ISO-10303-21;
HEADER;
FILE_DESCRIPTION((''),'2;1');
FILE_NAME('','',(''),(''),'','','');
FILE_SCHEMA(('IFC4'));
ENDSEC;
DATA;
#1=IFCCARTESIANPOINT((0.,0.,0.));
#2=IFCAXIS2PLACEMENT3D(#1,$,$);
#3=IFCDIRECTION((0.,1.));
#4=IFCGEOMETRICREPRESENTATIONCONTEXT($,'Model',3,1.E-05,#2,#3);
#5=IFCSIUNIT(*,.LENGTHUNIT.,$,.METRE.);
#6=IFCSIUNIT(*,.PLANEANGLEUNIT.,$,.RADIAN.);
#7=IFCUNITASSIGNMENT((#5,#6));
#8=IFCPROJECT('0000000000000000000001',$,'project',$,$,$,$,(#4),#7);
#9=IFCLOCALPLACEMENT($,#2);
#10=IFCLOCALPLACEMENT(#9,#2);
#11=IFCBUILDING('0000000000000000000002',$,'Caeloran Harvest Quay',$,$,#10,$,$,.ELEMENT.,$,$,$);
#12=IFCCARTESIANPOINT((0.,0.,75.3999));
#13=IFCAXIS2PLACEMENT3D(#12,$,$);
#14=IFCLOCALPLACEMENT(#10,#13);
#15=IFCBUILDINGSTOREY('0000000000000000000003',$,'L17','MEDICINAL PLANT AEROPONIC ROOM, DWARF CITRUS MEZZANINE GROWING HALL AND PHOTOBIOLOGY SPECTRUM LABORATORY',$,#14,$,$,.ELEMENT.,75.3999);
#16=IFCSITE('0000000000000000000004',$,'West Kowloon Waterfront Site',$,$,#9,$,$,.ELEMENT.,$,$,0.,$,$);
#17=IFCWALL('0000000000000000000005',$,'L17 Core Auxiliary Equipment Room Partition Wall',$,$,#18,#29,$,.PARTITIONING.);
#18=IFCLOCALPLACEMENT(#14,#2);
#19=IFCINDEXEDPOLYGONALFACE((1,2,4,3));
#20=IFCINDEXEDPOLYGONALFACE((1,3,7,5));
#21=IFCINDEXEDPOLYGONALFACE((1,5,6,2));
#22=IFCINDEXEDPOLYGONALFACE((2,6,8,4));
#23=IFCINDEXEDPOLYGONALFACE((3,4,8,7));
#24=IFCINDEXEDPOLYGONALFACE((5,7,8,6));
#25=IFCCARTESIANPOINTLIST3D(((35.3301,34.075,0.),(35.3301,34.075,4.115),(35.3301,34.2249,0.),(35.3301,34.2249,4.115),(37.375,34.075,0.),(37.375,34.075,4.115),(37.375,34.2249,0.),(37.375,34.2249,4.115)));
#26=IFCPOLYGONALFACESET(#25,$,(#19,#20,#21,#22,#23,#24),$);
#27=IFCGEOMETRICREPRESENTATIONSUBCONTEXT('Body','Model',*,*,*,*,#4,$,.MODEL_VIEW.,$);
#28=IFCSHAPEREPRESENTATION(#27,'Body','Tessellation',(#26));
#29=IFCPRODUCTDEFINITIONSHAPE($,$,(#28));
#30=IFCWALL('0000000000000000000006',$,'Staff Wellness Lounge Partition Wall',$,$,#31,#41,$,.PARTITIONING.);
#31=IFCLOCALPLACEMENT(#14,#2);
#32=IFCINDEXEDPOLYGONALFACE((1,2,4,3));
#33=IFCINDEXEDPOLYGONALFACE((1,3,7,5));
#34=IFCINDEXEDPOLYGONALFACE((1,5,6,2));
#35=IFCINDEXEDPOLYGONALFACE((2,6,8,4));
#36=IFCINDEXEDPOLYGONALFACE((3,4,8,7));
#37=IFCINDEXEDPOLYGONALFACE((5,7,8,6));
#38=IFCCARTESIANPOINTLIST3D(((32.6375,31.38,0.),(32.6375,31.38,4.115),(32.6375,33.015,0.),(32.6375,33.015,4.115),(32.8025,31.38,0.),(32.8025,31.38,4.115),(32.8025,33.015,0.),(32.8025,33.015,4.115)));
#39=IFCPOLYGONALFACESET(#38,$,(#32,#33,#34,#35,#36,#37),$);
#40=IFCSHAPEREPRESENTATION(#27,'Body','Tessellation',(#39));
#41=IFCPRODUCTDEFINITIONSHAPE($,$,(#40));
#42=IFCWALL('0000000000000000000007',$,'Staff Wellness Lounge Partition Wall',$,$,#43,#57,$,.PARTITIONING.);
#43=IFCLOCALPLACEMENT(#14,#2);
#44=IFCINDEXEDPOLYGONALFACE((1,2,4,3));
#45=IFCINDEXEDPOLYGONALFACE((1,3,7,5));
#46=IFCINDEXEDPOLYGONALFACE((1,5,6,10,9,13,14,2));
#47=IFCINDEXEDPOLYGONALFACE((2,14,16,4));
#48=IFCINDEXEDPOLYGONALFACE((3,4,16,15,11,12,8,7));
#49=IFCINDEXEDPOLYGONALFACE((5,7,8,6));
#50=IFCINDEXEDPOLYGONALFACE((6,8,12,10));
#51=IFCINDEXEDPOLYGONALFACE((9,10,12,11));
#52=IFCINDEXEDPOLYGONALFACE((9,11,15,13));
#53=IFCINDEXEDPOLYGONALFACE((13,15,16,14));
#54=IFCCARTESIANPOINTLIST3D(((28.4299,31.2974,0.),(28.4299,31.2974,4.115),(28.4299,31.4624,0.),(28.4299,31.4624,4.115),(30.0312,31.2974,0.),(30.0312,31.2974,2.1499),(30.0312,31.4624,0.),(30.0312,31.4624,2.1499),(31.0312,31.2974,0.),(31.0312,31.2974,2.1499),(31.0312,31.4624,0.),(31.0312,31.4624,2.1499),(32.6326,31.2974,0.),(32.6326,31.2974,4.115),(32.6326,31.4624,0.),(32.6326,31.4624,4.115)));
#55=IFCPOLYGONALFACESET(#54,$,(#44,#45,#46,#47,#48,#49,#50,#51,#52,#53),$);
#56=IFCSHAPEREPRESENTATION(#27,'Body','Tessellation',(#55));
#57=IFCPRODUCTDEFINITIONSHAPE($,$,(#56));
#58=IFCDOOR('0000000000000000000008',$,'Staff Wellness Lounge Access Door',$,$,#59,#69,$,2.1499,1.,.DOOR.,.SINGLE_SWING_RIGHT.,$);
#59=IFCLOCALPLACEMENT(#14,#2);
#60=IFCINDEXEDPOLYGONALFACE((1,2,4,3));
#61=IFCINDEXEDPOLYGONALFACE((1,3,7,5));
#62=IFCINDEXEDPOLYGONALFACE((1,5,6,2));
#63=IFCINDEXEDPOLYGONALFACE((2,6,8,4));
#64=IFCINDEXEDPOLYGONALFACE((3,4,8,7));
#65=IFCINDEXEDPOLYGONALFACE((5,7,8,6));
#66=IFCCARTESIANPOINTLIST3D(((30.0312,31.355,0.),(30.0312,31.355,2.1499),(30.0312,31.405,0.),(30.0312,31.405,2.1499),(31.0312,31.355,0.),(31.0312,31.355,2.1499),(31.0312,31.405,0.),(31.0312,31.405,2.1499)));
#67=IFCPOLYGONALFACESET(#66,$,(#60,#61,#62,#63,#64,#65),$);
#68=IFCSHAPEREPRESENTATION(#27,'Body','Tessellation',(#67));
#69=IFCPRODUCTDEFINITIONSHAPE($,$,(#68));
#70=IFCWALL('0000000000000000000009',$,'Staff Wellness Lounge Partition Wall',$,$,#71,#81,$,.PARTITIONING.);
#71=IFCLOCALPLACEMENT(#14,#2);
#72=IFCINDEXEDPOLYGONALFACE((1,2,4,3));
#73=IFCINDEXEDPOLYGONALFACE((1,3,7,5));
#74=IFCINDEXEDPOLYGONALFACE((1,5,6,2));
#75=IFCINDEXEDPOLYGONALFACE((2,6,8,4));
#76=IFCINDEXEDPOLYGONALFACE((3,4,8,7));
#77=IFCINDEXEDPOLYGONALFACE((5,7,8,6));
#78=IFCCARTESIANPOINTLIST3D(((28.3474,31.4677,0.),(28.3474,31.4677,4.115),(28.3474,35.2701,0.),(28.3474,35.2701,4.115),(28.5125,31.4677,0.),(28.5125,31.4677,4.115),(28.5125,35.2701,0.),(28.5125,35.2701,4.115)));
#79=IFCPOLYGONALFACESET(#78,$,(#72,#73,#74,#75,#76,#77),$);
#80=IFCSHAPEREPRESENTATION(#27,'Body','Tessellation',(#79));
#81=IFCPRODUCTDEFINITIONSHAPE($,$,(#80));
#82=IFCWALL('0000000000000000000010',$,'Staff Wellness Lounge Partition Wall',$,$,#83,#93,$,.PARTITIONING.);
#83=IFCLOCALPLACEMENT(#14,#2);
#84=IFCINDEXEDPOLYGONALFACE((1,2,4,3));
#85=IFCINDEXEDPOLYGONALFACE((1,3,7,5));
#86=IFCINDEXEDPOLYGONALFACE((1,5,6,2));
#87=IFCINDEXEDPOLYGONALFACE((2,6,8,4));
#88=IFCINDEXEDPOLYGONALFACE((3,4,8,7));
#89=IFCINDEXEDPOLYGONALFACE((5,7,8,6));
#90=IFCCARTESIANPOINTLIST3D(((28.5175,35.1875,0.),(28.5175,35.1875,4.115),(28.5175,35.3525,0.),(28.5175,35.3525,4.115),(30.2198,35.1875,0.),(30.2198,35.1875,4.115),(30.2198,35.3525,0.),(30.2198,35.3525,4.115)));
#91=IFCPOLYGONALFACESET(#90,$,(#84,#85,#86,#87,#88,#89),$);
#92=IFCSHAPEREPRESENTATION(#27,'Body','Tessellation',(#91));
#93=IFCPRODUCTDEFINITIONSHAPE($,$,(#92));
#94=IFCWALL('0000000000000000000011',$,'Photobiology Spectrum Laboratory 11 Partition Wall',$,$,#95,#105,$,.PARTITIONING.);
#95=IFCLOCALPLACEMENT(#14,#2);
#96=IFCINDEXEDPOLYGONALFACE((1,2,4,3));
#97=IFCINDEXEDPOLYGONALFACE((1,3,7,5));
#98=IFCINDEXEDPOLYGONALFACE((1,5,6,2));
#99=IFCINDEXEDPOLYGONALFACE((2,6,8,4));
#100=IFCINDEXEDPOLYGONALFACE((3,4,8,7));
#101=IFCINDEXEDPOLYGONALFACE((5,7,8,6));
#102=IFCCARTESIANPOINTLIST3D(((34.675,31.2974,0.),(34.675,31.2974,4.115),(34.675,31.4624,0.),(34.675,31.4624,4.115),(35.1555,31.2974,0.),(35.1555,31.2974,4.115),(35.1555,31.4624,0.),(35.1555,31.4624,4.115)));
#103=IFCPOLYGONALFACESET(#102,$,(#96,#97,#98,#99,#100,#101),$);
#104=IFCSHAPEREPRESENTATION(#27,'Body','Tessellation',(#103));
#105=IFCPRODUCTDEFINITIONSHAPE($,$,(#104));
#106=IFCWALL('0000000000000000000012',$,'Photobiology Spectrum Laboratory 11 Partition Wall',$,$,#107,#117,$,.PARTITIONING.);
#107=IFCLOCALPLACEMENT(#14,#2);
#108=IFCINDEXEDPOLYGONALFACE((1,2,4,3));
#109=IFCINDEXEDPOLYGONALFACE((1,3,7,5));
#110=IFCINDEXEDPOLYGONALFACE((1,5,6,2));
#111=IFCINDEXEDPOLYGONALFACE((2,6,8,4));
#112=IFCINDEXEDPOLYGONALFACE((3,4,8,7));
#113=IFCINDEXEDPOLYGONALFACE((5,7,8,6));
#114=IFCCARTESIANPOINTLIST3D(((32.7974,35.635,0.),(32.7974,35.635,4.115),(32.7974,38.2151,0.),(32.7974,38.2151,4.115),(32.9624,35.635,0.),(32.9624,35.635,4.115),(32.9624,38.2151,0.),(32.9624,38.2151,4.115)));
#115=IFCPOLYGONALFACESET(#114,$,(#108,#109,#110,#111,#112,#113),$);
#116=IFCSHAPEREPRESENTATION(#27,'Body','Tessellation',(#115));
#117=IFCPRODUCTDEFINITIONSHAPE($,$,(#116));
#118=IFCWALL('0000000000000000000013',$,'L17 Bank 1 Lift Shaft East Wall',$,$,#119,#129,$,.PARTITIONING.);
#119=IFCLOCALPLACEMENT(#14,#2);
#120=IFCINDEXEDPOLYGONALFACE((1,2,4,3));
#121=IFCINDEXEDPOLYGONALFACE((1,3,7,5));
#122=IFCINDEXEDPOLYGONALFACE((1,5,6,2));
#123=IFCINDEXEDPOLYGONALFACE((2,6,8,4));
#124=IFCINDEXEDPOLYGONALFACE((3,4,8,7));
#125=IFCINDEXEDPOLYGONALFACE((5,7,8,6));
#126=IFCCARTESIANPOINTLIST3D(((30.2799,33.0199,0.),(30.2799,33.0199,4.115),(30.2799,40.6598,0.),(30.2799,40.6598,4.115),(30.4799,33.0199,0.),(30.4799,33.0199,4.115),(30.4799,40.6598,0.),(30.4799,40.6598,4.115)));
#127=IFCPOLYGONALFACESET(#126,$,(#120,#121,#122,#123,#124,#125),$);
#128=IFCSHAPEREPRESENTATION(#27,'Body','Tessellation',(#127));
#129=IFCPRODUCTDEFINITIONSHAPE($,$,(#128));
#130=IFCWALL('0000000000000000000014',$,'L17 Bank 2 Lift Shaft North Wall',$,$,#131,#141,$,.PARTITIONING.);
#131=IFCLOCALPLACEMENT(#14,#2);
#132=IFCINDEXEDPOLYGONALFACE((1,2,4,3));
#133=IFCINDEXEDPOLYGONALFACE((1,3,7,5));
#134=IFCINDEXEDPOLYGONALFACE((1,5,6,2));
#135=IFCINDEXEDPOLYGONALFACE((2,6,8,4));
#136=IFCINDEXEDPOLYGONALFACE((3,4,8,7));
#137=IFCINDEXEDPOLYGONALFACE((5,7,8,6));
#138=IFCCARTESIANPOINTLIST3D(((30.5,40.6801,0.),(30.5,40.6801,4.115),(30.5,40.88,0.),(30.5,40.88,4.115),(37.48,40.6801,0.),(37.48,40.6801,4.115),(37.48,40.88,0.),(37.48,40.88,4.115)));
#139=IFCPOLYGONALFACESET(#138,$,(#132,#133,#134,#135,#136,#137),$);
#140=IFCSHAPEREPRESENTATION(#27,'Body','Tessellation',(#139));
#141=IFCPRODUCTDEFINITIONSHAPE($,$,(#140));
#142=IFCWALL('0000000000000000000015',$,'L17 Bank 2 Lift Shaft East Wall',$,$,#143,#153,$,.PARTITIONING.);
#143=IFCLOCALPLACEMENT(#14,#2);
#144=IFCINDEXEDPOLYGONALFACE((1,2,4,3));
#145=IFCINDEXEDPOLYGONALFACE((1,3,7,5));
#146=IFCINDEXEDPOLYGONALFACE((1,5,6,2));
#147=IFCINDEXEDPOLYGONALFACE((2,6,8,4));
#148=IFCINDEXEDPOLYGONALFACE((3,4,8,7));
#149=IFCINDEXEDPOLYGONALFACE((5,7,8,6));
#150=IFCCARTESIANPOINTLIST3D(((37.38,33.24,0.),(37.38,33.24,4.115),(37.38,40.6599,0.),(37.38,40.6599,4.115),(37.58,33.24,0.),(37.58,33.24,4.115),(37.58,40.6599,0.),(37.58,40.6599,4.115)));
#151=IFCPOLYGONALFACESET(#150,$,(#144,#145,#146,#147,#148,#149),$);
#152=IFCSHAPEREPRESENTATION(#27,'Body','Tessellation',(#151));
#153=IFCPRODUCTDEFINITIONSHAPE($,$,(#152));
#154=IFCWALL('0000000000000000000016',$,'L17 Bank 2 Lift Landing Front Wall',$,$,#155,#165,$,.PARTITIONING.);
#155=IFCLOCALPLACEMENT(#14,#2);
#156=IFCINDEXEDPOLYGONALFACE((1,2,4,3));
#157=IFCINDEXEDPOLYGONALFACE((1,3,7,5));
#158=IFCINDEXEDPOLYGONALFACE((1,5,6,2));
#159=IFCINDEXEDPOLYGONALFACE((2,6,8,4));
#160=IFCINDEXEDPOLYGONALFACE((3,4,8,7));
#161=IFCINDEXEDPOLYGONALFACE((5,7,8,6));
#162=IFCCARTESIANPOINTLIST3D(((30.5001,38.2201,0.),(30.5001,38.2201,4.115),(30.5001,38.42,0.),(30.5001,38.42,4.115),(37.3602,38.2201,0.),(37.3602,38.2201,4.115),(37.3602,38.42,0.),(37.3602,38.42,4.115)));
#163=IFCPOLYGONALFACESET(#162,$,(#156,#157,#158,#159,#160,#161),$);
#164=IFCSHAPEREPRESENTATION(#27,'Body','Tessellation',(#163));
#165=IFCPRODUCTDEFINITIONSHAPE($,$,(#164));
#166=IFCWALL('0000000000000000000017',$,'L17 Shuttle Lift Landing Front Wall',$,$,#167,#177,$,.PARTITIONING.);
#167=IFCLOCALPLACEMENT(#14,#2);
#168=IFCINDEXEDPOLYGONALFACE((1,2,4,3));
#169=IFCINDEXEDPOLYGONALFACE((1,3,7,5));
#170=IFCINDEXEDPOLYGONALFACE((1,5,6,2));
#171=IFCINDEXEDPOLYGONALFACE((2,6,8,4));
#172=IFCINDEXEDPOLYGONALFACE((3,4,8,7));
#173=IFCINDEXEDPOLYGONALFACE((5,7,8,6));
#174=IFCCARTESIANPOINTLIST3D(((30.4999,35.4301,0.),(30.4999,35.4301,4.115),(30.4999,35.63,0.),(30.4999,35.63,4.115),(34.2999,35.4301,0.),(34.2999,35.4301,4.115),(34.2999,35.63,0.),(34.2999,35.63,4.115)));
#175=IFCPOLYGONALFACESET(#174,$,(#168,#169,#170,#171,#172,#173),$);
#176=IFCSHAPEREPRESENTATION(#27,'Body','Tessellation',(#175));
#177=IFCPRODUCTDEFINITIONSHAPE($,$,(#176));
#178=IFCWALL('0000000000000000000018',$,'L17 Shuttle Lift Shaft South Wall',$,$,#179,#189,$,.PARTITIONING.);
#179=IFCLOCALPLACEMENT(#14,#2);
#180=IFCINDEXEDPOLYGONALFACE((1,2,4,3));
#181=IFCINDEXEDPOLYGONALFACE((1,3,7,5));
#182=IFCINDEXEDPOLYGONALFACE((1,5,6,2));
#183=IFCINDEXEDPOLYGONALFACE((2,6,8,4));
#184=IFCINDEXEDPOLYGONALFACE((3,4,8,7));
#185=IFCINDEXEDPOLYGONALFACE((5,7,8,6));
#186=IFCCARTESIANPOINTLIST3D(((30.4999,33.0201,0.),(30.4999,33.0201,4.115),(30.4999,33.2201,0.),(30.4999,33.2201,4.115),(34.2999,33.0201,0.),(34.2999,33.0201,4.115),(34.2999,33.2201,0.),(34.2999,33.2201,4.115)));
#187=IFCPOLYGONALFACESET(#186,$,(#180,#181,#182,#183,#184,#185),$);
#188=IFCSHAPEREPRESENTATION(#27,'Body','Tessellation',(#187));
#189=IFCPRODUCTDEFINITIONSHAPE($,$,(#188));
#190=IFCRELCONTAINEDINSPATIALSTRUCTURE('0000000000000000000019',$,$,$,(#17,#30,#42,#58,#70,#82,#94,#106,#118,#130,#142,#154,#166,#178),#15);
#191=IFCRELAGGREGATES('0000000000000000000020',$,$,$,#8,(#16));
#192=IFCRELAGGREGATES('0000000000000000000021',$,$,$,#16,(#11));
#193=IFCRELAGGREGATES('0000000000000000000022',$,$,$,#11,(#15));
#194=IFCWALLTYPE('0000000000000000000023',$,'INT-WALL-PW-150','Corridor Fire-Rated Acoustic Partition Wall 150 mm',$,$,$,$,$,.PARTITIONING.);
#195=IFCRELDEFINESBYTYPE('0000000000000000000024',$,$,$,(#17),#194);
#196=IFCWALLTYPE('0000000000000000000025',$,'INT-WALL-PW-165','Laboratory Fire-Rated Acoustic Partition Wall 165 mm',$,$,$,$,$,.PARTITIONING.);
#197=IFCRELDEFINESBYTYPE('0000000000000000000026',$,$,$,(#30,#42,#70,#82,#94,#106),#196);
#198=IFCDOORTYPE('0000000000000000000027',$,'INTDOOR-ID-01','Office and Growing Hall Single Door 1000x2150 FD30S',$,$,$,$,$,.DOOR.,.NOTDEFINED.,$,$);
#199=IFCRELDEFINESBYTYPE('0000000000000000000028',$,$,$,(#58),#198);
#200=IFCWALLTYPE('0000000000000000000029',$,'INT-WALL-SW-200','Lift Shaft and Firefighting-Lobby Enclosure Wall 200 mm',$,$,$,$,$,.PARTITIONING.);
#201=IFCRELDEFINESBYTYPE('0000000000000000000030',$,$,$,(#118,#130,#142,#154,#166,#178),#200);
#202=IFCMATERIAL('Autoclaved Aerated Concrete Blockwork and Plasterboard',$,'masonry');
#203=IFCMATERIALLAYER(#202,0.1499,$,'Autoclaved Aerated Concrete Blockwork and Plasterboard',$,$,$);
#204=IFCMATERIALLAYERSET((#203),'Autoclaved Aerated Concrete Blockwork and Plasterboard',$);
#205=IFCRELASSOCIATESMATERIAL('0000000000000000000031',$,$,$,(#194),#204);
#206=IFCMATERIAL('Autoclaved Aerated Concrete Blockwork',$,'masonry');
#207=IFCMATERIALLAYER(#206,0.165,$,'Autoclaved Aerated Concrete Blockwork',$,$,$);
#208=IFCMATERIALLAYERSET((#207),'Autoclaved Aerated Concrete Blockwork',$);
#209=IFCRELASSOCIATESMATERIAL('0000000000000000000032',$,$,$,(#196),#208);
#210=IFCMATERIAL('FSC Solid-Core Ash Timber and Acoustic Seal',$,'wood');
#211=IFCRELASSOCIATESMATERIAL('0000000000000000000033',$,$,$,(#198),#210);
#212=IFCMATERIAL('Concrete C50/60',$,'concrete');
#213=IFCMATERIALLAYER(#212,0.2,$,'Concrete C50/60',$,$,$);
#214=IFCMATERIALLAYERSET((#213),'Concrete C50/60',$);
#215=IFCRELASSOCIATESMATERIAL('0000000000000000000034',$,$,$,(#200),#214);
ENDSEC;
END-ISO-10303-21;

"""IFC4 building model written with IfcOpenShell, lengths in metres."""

from ifc_helpers import new_model, si_unit, direction, frame, frame_2d, origin, place, context, subcontext, project, spatial, rectangle, extrude, material, layer, layer_set, type_object, element, fill, save


model = new_model("IFC4")

# Units and contexts
model_context = context("Model", 3, precision=1e-05, world=origin(), true_north=direction((0.0, 1.0)))
body_context = subcontext(model_context, "Body", "Model", "MODEL_VIEW")
ifc_project = project(units=[si_unit("LENGTHUNIT", "METRE"), si_unit("PLANEANGLEUNIT", "RADIAN")], contexts=[model_context])

# Site, building, storey
site_placement = place(None, origin())
site = spatial("IfcSite", under=ifc_project, at=site_placement, Name="West Kowloon Waterfront Site", CompositionType="ELEMENT", RefElevation=0.0)
building_placement = place(site_placement, origin())
building = spatial("IfcBuilding", under=site, at=building_placement, Name="Caeloran Harvest Quay", CompositionType="ELEMENT")
storey_placement = place(building_placement, frame((0.0, 0.0, 75.3999)))
storey = spatial("IfcBuildingStorey", under=building, at=storey_placement, Name="L17", Description="MEDICINAL PLANT AEROPONIC ROOM, DWARF CITRUS MEZZANINE GROWING HALL AND PHOTOBIOLOGY SPECTRUM LABORATORY", CompositionType="ELEMENT", Elevation=75.3999)

# Shared definitions
ifc_material_1 = material(Name="Autoclaved Aerated Concrete Blockwork and Plasterboard", Category="masonry")
ifc_layer_1 = layer(ifc_material_1, 0.1499, Name="Autoclaved Aerated Concrete Blockwork and Plasterboard")
ifc_layer_set_1 = layer_set([ifc_layer_1], Name="Autoclaved Aerated Concrete Blockwork and Plasterboard")
wall_type_1 = type_object("IfcWallType", Name="INT-WALL-PW-150", Description="Corridor Fire-Rated Acoustic Partition Wall 150 mm", PredefinedType="PARTITIONING", material=ifc_layer_set_1)

# Walls
wall_1_placement = place(storey_placement, frame((35.3301, 34.1499, 0.0), z_axis=(0.0, 0.0, 1.0), x_axis=(1.0, 0.0, 0.0)))
element("IfcWall", 1, at=wall_1_placement, inside=storey, type_object=wall_type_1, Name="L17 Core Auxiliary Equipment Room Partition Wall", PredefinedType="PARTITIONING", context=body_context, shape_type="SweptSolid", body=[
    extrude(rectangle(XDim=2.0449, YDim=0.1499, at=frame_2d((1.0225, 0.0))), origin(), (0.0, 0.0, 1.0), 4.115),
])
ifc_material_2 = material(Name="Autoclaved Aerated Concrete Blockwork", Category="masonry")
ifc_layer_2 = layer(ifc_material_2, 0.165, Name="Autoclaved Aerated Concrete Blockwork")
ifc_layer_set_2 = layer_set([ifc_layer_2], Name="Autoclaved Aerated Concrete Blockwork")
wall_type_2 = type_object("IfcWallType", Name="INT-WALL-PW-165", Description="Laboratory Fire-Rated Acoustic Partition Wall 165 mm", PredefinedType="PARTITIONING", material=ifc_layer_set_2)
wall_2_placement = place(storey_placement, frame((32.72, 33.0149, 0.0), z_axis=(0.0, 0.0, 1.0), x_axis=(0.0, -1.0, 0.0)))
element("IfcWall", 2, at=wall_2_placement, inside=storey, type_object=wall_type_2, Name="Staff Wellness Lounge Partition Wall", PredefinedType="PARTITIONING", context=body_context, shape_type="SweptSolid", body=[
    extrude(rectangle(XDim=1.635, YDim=0.165, at=frame_2d((0.8174, 0.0))), origin(), (0.0, 0.0, 1.0), 4.115),
])

# Wall, opening, door
wall_3_placement = place(storey_placement, frame((32.6326, 31.3799, 0.0), z_axis=(0.0, 0.0, 1.0), x_axis=(-1.0, 0.0, 0.0)))
wall_3 = element("IfcWall", 3, at=wall_3_placement, inside=storey, type_object=wall_type_2, Name="Staff Wellness Lounge Partition Wall", PredefinedType="PARTITIONING", context=body_context, shape_type="SweptSolid", body=[
    extrude(rectangle(XDim=4.2026, YDim=0.165, at=frame_2d((2.1013, 0.0))), origin(), (0.0, 0.0, 1.0), 4.115),
])
opening_1_placement = place(wall_3_placement, frame((1.6013, 0.0, 0.0)))
opening_1 = element("IfcOpeningElement", 4, at=opening_1_placement, cuts=wall_3, PredefinedType="OPENING", context=body_context, shape_type="SweptSolid", body=[
    extrude(rectangle(XDim=1.0, YDim=2.1499, at=frame_2d((0.5, 1.075))), frame((0.0, 0.0925, 0.0), z_axis=(0.0, -1.0, 0.0), x_axis=(1.0, 0.0, 0.0)), (0.0, 0.0, 1.0), 0.1851),
])
ifc_material_3 = material(Name="FSC Solid-Core Ash Timber and Acoustic Seal", Category="wood")
door_type_1 = type_object("IfcDoorType", Name="INTDOOR-ID-01", Description="Office and Growing Hall Single Door 1000x2150 FD30S", OperationType="NOTDEFINED", PredefinedType="DOOR", material=ifc_material_3)
door_1_placement = place(opening_1_placement, origin())
door_1 = element("IfcDoor", 5, at=door_1_placement, inside=storey, type_object=door_type_1, Name="Staff Wellness Lounge Access Door", OperationType="SINGLE_SWING_RIGHT", OverallHeight=2.1499, OverallWidth=1.0, PredefinedType="DOOR", context=body_context, shape_type="SweptSolid", body=[
    extrude(rectangle(XDim=1.0, YDim=2.1499, at=frame_2d((0.5, 1.075))), frame((0.0, 0.0249, 0.0), z_axis=(0.0, -1.0, 0.0), x_axis=(1.0, 0.0, 0.0)), (0.0, 0.0, 1.0), 0.05),
])
fill(opening_1, door_1)

# Walls
wall_4_placement = place(storey_placement, frame((28.4299, 31.4675, 0.0), z_axis=(0.0, 0.0, 1.0), x_axis=(0.0, 1.0, 0.0)))
element("IfcWall", 6, at=wall_4_placement, inside=storey, type_object=wall_type_2, Name="Staff Wellness Lounge Partition Wall", PredefinedType="PARTITIONING", context=body_context, shape_type="SweptSolid", body=[
    extrude(rectangle(XDim=3.8025, YDim=0.165, at=frame_2d((1.9014, 0.0))), origin(), (0.0, 0.0, 1.0), 4.115),
])
wall_5_placement = place(storey_placement, frame((28.5176, 35.27, 0.0), z_axis=(0.0, 0.0, 1.0), x_axis=(1.0, 0.0, 0.0)))
element("IfcWall", 7, at=wall_5_placement, inside=storey, type_object=wall_type_2, Name="Staff Wellness Lounge Partition Wall", PredefinedType="PARTITIONING", context=body_context, shape_type="SweptSolid", body=[
    extrude(rectangle(XDim=1.7024, YDim=0.165, at=frame_2d((0.8511, 0.0))), origin(), (0.0, 0.0, 1.0), 4.115),
])

# Walls
wall_6_placement = place(storey_placement, frame((35.1555, 31.3799, 0.0), z_axis=(0.0, 0.0, 1.0), x_axis=(-1.0, 0.0, 0.0)))
element("IfcWall", 8, at=wall_6_placement, inside=storey, type_object=wall_type_2, Name="Photobiology Spectrum Laboratory 11 Partition Wall", PredefinedType="PARTITIONING", context=body_context, shape_type="SweptSolid", body=[
    extrude(rectangle(XDim=0.4805, YDim=0.165, at=frame_2d((0.2402, 0.0))), origin(), (0.0, 0.0, 1.0), 4.115),
])
wall_7_placement = place(storey_placement, frame((32.8799, 35.635, 0.0), z_axis=(0.0, 0.0, 1.0), x_axis=(0.0, 1.0, 0.0)))
element("IfcWall", 9, at=wall_7_placement, inside=storey, type_object=wall_type_2, Name="Photobiology Spectrum Laboratory 11 Partition Wall", PredefinedType="PARTITIONING", context=body_context, shape_type="SweptSolid", body=[
    extrude(rectangle(XDim=2.5801, YDim=0.165, at=frame_2d((1.29, 0.0))), origin(), (0.0, 0.0, 1.0), 4.115),
])
ifc_material_4 = material(Name="Concrete C50/60", Category="concrete")
ifc_layer_3 = layer(ifc_material_4, 0.2, Name="Concrete C50/60")
ifc_layer_set_3 = layer_set([ifc_layer_3], Name="Concrete C50/60")
wall_type_3 = type_object("IfcWallType", Name="INT-WALL-SW-200", Description="Lift Shaft and Firefighting-Lobby Enclosure Wall 200 mm", PredefinedType="PARTITIONING", material=ifc_layer_set_3)
wall_8_placement = place(storey_placement, frame((30.3799, 33.02, 0.0), z_axis=(0.0, 0.0, 1.0), x_axis=(0.0, 1.0, 0.0)))
element("IfcWall", 10, at=wall_8_placement, inside=storey, type_object=wall_type_3, Name="L17 Bank 1 Lift Shaft East Wall", PredefinedType="PARTITIONING", context=body_context, shape_type="SweptSolid", body=[
    extrude(rectangle(XDim=7.6399, YDim=0.2, at=frame_2d((3.8198, 0.0))), origin(), (0.0, 0.0, 1.0), 4.115),
])
wall_9_placement = place(storey_placement, frame((30.5, 40.78, 0.0), z_axis=(0.0, 0.0, 1.0), x_axis=(1.0, 0.0, 0.0)))
element("IfcWall", 11, at=wall_9_placement, inside=storey, type_object=wall_type_3, Name="L17 Bank 2 Lift Shaft North Wall", PredefinedType="PARTITIONING", context=body_context, shape_type="SweptSolid", body=[
    extrude(rectangle(XDim=6.98, YDim=0.2, at=frame_2d((3.49, 0.0))), origin(), (0.0, 0.0, 1.0), 4.115),
])
wall_10_placement = place(storey_placement, frame((37.48, 33.24, 0.0), z_axis=(0.0, 0.0, 1.0), x_axis=(0.0, 1.0, 0.0)))
element("IfcWall", 12, at=wall_10_placement, inside=storey, type_object=wall_type_3, Name="L17 Bank 2 Lift Shaft East Wall", PredefinedType="PARTITIONING", context=body_context, shape_type="SweptSolid", body=[
    extrude(rectangle(XDim=7.4199, YDim=0.2, at=frame_2d((3.71, 0.0))), origin(), (0.0, 0.0, 1.0), 4.115),
])
wall_11_placement = place(storey_placement, frame((30.5, 38.3201, 0.0), z_axis=(0.0, 0.0, 1.0), x_axis=(1.0, 0.0, 0.0)))
element("IfcWall", 13, at=wall_11_placement, inside=storey, type_object=wall_type_3, Name="L17 Bank 2 Lift Landing Front Wall", PredefinedType="PARTITIONING", context=body_context, shape_type="SweptSolid", body=[
    extrude(rectangle(XDim=6.8601, YDim=0.2, at=frame_2d((3.4302, 0.0))), origin(), (0.0, 0.0, 1.0), 4.115),
])
for number, where, z_axis, x_axis, name in (
    (14, (30.5, 35.53, 0.0), (0.0, 0.0, 1.0), (1.0, 0.0, 0.0), "L17 Shuttle Lift Landing Front Wall"),
    (15, (30.5, 33.1201, 0.0), (0.0, 0.0, 1.0), (1.0, 0.0, 0.0), "L17 Shuttle Lift Shaft South Wall"),
):
    element("IfcWall", number, at=place(storey_placement, frame(where, z_axis=z_axis, x_axis=x_axis)), inside=storey, type_object=wall_type_3, Name=name, PredefinedType="PARTITIONING", context=body_context, shape_type="SweptSolid", body=[
        extrude(rectangle(XDim=3.8, YDim=0.2, at=frame_2d((1.8999, 0.0))), origin(), (0.0, 0.0, 1.0), 4.115),
    ])

save(model, "model.ifc")
